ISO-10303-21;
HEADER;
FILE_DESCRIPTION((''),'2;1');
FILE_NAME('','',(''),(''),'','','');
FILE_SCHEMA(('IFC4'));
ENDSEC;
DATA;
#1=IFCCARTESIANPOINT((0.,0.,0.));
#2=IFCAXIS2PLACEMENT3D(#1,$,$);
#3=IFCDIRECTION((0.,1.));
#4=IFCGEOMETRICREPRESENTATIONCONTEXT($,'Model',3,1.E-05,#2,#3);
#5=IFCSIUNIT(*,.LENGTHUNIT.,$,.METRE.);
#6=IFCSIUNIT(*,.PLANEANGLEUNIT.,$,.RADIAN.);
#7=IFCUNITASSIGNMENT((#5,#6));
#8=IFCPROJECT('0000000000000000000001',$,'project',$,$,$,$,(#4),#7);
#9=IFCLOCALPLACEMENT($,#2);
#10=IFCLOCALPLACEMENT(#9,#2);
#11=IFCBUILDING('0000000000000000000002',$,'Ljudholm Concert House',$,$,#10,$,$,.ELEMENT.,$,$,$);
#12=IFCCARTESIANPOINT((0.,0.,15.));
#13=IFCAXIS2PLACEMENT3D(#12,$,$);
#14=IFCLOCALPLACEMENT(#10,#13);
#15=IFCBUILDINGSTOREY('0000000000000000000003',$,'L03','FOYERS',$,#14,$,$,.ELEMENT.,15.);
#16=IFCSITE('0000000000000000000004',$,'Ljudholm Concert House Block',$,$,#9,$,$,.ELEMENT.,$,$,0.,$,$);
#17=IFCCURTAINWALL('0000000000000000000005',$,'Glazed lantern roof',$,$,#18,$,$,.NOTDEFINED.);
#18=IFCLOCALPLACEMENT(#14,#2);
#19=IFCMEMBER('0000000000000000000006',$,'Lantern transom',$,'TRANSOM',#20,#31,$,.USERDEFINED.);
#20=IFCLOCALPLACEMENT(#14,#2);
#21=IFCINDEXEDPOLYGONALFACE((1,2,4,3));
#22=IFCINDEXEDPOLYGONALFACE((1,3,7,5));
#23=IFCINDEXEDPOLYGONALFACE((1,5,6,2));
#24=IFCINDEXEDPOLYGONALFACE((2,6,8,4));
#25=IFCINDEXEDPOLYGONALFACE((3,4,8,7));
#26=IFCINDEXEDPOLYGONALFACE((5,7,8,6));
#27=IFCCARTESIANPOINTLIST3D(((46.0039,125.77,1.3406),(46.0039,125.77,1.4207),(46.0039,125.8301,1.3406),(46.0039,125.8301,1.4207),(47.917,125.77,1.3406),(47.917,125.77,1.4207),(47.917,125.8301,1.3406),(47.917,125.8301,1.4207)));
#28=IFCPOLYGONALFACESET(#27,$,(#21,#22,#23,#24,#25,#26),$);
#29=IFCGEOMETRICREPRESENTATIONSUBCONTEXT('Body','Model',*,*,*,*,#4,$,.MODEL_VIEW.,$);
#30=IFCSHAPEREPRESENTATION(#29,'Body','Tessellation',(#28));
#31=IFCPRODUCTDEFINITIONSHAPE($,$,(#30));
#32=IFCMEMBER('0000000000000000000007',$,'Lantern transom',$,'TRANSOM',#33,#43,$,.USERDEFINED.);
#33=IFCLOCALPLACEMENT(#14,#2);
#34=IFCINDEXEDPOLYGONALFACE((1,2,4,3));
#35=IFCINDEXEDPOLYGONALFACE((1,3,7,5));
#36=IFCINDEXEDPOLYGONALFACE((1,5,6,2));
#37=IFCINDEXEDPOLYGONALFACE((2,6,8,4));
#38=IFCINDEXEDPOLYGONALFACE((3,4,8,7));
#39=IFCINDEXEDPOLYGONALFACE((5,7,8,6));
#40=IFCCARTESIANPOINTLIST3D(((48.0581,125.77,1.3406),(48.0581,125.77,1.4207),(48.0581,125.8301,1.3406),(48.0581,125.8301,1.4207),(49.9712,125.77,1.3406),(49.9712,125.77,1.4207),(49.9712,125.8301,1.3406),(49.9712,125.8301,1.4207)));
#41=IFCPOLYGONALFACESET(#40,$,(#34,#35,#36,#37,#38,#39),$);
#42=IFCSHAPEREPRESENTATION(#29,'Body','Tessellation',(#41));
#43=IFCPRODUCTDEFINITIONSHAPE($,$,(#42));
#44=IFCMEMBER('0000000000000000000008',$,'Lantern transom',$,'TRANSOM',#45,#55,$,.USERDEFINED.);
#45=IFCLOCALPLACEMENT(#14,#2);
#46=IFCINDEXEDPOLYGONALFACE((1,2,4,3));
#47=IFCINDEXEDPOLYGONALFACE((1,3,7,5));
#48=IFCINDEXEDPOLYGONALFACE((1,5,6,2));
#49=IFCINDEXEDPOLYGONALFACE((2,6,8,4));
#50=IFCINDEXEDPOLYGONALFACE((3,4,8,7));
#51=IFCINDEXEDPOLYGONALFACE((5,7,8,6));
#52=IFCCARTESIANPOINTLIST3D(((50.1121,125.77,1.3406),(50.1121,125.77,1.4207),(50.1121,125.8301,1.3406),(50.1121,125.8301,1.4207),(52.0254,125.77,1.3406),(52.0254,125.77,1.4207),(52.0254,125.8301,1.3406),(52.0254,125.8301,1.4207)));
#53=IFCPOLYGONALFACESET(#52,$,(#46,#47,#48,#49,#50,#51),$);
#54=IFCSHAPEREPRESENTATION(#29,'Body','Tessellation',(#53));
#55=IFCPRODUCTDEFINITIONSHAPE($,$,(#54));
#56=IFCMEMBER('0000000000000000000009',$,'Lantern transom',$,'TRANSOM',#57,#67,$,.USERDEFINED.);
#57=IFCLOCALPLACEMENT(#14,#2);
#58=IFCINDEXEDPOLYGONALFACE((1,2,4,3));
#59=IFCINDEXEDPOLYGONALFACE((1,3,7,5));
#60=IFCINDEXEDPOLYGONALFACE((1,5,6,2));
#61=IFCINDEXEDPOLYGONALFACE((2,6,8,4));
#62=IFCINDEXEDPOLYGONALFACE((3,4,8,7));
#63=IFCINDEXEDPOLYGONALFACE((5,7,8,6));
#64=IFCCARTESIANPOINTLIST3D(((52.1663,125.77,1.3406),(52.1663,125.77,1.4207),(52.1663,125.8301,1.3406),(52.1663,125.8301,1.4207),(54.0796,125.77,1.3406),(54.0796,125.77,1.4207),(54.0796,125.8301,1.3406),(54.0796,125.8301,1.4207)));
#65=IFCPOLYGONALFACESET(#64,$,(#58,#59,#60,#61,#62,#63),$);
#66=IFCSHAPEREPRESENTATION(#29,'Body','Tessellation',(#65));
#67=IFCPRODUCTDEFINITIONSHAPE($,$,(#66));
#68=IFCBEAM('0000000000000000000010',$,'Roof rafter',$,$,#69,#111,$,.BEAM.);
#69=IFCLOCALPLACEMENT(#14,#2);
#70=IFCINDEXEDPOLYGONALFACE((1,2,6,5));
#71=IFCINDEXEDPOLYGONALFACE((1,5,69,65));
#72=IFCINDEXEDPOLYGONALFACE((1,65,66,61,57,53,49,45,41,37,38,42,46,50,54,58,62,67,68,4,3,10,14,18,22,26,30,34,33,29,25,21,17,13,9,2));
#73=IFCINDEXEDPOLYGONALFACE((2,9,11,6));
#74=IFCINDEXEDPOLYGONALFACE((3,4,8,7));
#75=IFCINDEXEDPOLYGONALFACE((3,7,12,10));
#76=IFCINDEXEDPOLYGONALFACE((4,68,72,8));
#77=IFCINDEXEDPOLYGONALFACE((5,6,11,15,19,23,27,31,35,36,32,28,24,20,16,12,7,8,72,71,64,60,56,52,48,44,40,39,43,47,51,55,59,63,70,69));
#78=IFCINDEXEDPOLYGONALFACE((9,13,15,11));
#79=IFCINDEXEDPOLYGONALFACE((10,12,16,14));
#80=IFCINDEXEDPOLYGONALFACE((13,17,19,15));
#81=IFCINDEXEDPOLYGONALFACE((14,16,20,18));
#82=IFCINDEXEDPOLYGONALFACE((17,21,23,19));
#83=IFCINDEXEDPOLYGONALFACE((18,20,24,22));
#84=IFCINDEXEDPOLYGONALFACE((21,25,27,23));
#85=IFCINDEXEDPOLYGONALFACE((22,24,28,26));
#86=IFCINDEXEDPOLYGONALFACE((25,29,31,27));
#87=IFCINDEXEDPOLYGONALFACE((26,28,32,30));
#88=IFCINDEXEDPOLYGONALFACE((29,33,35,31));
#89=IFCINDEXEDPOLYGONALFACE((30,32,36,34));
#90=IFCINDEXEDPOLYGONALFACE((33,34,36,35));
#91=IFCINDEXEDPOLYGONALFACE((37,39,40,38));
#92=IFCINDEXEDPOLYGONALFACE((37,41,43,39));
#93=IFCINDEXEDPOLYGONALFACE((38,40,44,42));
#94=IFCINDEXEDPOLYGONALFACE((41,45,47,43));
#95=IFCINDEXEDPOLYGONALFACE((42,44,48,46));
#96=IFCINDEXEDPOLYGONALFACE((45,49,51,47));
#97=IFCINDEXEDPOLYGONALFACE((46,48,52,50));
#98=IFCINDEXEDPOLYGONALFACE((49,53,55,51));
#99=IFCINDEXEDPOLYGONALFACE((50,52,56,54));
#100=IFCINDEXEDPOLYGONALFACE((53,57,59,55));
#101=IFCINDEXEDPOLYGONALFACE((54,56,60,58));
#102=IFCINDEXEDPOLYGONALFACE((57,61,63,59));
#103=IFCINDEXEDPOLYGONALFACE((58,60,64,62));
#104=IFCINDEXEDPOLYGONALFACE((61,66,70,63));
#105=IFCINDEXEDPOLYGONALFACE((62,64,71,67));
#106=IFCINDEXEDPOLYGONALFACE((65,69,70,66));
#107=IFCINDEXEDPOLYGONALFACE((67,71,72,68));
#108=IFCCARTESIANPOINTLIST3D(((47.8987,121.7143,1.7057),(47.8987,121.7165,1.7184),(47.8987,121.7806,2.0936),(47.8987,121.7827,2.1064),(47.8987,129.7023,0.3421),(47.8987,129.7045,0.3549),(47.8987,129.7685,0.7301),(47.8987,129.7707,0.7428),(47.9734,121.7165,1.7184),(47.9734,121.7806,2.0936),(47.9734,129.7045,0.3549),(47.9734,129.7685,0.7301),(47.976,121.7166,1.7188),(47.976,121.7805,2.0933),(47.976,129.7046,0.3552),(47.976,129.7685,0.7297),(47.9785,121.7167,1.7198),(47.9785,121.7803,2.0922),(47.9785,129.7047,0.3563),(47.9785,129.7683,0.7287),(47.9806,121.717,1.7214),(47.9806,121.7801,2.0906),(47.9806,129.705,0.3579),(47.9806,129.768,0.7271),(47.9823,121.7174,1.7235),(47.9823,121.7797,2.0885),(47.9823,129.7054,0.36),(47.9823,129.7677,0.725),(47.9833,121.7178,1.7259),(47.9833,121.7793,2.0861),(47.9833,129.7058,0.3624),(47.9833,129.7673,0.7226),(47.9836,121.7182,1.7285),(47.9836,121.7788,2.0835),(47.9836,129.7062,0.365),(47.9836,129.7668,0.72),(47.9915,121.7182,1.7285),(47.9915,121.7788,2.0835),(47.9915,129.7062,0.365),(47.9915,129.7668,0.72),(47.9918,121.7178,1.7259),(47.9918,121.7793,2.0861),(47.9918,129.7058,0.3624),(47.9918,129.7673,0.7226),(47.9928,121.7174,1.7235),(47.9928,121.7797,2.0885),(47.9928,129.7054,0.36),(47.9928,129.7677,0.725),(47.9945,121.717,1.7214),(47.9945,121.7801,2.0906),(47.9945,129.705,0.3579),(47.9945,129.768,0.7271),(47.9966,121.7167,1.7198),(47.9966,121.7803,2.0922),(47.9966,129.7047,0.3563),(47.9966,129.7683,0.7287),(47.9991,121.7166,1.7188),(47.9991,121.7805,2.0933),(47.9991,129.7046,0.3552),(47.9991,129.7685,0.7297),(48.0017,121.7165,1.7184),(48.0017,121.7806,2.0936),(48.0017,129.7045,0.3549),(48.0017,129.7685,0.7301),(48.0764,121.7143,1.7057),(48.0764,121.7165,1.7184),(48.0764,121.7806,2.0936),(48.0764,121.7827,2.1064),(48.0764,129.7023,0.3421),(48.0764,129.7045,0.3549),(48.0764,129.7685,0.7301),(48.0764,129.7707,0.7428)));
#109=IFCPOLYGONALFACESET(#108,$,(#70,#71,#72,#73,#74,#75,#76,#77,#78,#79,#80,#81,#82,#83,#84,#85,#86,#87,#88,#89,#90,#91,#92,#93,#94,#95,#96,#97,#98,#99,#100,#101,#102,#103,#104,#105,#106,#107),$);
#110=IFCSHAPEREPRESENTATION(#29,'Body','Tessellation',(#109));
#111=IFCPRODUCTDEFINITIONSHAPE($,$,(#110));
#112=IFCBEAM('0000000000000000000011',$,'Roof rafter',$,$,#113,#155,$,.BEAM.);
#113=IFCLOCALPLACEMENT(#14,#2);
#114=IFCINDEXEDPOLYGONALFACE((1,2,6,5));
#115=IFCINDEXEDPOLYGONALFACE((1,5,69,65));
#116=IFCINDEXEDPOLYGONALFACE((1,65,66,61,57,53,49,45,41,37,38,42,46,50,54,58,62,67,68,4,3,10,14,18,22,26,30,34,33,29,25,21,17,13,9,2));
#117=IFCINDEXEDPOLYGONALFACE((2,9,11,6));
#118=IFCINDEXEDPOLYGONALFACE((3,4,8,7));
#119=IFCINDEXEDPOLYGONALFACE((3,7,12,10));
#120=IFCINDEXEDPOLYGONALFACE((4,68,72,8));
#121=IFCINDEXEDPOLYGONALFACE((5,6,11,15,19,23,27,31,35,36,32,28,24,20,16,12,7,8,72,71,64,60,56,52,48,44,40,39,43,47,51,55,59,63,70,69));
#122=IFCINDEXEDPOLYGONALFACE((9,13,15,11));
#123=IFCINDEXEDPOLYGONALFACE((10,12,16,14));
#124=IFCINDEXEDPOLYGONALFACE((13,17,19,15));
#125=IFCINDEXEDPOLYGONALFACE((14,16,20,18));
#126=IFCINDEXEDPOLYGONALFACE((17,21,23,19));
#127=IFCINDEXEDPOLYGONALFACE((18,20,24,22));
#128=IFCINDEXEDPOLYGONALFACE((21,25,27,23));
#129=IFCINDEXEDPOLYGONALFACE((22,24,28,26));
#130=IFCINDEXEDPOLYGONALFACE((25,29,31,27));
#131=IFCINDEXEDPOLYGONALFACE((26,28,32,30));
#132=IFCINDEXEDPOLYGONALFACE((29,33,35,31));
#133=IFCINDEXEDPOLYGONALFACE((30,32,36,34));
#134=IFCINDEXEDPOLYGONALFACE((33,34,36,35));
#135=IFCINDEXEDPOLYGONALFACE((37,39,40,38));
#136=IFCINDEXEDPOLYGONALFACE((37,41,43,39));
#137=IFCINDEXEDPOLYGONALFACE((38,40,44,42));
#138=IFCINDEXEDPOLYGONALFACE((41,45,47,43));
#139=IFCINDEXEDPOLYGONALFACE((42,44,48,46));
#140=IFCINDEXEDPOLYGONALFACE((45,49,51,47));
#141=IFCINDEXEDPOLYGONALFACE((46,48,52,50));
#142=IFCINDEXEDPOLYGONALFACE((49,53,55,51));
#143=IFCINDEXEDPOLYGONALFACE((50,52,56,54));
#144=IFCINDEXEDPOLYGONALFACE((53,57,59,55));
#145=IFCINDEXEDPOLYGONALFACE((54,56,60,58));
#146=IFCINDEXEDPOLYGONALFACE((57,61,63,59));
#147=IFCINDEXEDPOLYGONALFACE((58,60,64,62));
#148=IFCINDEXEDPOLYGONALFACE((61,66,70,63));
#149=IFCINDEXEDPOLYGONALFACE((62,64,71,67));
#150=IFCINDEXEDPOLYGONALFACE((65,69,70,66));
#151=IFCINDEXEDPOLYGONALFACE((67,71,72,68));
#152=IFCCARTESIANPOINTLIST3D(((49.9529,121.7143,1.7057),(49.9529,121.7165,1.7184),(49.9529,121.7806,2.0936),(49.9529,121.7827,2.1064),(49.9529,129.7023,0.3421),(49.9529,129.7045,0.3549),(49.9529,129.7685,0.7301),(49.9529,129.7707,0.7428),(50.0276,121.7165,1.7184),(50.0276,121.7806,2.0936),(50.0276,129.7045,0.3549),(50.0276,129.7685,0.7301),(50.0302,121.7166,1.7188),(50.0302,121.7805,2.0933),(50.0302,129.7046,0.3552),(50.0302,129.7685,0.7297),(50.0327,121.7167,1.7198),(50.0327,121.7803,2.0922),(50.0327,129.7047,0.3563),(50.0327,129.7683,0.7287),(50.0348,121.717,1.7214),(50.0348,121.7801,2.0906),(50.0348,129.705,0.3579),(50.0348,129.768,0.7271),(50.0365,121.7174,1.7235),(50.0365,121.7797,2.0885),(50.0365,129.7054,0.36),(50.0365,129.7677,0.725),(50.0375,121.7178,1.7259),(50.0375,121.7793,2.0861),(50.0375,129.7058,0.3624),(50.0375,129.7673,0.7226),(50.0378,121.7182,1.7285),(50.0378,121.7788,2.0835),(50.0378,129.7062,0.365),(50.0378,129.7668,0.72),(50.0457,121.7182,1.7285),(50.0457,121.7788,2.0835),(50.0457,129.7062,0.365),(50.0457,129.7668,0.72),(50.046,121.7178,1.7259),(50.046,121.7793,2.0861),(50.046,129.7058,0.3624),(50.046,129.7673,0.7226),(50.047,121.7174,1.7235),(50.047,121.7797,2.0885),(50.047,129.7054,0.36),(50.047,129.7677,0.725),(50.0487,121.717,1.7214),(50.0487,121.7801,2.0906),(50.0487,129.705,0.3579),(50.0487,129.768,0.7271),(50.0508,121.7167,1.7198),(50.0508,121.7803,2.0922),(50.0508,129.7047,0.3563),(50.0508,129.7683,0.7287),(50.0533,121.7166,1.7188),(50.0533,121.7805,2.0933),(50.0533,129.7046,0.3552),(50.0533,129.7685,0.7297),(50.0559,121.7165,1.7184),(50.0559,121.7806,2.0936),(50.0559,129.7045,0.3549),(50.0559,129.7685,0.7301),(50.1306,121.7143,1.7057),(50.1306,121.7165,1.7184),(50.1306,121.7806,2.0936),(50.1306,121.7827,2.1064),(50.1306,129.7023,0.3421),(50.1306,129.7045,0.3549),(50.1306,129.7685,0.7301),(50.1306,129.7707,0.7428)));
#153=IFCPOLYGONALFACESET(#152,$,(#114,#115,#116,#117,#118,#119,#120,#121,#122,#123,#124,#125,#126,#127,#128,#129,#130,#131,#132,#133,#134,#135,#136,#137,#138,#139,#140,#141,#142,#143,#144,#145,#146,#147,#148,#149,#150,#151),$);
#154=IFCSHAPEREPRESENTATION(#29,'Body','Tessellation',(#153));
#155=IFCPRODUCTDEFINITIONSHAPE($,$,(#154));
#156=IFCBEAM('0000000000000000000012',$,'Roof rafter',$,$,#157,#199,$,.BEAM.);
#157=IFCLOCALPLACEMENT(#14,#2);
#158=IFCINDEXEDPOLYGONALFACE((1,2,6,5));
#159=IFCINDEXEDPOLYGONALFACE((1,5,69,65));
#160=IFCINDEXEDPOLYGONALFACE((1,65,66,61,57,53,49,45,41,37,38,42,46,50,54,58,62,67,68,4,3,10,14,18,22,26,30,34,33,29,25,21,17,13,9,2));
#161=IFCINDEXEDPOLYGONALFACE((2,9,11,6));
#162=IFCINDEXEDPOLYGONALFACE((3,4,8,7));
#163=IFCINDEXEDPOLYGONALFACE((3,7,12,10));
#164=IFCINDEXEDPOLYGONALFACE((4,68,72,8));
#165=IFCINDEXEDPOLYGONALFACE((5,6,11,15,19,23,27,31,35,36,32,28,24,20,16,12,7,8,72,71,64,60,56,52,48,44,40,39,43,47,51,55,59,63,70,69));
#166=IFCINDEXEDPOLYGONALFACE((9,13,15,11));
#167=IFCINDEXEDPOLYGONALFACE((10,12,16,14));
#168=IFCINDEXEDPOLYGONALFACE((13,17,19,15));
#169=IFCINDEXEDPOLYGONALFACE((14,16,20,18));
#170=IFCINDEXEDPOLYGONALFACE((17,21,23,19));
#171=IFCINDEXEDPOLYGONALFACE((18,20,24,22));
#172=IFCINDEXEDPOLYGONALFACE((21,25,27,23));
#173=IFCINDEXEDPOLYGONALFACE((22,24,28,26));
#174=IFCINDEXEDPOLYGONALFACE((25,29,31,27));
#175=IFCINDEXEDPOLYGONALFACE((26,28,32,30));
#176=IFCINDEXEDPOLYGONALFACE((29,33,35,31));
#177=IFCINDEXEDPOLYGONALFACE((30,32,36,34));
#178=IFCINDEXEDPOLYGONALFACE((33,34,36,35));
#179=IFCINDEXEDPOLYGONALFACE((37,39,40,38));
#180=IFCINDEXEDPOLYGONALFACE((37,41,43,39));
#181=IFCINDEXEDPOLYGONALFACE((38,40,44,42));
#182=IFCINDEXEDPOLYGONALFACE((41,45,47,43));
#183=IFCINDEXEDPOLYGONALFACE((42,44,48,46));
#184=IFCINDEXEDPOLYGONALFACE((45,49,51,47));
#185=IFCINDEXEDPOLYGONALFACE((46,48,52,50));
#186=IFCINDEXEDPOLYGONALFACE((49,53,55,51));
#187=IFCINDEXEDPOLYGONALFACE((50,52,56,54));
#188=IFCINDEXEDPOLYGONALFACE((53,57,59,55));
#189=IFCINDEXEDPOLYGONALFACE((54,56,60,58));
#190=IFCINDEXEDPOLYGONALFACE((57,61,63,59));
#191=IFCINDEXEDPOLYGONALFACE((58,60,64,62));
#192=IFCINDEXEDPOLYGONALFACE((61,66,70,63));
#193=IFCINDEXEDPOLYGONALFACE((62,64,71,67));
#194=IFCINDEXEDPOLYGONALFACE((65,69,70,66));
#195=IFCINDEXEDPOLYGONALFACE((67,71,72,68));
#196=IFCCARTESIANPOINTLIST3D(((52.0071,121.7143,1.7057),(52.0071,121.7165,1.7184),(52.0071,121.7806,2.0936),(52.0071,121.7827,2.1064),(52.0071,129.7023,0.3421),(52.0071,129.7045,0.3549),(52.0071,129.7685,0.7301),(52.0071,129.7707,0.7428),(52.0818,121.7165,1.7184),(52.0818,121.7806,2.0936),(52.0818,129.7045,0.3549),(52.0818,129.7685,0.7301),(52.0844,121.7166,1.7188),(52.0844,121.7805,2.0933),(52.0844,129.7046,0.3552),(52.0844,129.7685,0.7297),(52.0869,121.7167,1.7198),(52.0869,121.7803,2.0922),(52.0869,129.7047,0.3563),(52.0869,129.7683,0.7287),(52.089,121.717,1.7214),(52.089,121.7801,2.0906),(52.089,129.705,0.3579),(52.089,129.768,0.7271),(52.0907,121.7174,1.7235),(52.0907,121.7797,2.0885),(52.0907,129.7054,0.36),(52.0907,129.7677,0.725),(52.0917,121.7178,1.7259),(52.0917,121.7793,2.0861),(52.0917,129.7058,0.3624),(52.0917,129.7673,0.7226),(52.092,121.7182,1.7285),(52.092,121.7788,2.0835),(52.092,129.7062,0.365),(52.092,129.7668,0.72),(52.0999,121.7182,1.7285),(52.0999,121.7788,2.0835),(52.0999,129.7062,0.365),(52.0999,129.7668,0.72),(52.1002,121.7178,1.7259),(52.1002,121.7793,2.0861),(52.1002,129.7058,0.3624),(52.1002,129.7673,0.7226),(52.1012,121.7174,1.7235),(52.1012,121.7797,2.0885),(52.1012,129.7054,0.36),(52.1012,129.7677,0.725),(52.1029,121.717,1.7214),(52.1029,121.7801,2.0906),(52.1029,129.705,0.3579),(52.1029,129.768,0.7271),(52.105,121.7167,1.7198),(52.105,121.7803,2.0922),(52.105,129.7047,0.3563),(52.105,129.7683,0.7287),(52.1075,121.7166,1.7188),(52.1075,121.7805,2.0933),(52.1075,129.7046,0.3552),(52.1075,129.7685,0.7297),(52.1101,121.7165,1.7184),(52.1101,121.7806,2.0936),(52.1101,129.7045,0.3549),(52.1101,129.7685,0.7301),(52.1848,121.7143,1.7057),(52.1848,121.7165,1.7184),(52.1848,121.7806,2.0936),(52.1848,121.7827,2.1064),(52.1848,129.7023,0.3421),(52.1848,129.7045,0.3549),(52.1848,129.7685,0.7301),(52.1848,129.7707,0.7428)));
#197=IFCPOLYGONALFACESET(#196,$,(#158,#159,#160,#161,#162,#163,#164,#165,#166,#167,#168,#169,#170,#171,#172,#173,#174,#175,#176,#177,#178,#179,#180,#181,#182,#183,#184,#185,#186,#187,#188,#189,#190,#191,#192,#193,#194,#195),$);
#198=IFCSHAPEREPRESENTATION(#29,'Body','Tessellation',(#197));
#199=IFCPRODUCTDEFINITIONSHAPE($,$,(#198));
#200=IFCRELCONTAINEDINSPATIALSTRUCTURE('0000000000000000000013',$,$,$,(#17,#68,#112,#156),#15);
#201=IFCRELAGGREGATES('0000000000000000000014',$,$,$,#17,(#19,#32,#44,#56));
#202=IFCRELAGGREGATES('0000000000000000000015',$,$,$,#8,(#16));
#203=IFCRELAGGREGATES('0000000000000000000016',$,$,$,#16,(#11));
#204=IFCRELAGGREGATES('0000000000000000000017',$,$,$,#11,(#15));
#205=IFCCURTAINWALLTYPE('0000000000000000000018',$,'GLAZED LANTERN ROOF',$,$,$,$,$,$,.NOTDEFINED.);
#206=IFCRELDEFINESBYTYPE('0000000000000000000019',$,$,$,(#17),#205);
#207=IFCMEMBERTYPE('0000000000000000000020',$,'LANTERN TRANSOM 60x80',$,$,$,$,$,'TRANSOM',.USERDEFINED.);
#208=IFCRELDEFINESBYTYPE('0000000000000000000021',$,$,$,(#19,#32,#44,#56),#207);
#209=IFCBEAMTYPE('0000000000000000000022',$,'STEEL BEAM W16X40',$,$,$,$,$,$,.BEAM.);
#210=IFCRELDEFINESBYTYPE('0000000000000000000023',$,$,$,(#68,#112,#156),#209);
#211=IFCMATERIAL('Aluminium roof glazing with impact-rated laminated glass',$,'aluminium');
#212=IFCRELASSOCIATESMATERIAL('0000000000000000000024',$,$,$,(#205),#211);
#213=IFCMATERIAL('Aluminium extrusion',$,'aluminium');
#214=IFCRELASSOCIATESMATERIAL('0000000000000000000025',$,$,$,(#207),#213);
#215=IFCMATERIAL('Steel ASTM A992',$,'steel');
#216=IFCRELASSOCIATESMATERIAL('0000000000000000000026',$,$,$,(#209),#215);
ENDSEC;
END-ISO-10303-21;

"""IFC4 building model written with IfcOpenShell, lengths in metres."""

from ifc_helpers import new_model, si_unit, direction, frame, origin, origin_2d, place, context, subcontext, project, spatial, rectangle, i_section, extrude, material, material_profile, profile_set, type_object, element, aggregate, save


model = new_model("IFC4")

# Units and contexts
model_context = context("Model", 3, precision=1e-05, world=origin(), true_north=direction((0.0, 1.0)))
body_context = subcontext(model_context, "Body", "Model", "MODEL_VIEW")
ifc_project = project(units=[si_unit("LENGTHUNIT", "METRE"), si_unit("PLANEANGLEUNIT", "RADIAN")], contexts=[model_context])

# Site, building, storey
site_placement = place(None, origin())
site = spatial("IfcSite", under=ifc_project, at=site_placement, Name="Ljudholm Concert House Block", CompositionType="ELEMENT", RefElevation=0.0)
building_placement = place(site_placement, origin())
building = spatial("IfcBuilding", under=site, at=building_placement, Name="Ljudholm Concert House", CompositionType="ELEMENT")
storey_placement = place(building_placement, frame((0.0, 0.0, 15.0)))
storey = spatial("IfcBuildingStorey", under=building, at=storey_placement, Name="L03", Description="FOYERS", CompositionType="ELEMENT", Elevation=15.0)

# Curtain wall, members
ifc_material_1 = material(Name="Aluminium roof glazing with impact-rated laminated glass", Category="aluminium")
curtain_wall_type = type_object("IfcCurtainWallType", Name="GLAZED LANTERN ROOF", PredefinedType="NOTDEFINED", material=ifc_material_1)
curtain_wall_placement = place(storey_placement, origin())
curtain_wall = element("IfcCurtainWall", 1, at=curtain_wall_placement, inside=storey, type_object=curtain_wall_type, Name="Glazed lantern roof", PredefinedType="NOTDEFINED")
ifc_material_2 = material(Name="Aluminium extrusion", Category="aluminium")
ifc_material_profile_1 = material_profile(ifc_material_2, rectangle(XDim=0.0601, YDim=0.0801, at=origin_2d()), Name="LANTERN TRANSOM 60x80")
ifc_profile_set_1 = profile_set([ifc_material_profile_1], Name="Aluminium extrusion")
member_type_1 = type_object("IfcMemberType", Name="LANTERN TRANSOM 60x80", ElementType="TRANSOM", PredefinedType="USERDEFINED", material=ifc_profile_set_1)
member_1_placement = place(storey_placement, frame((46.0039, 125.8, 1.3806), z_axis=(1.0, 0.0, 0.0), x_axis=(0.0, 1.0, 0.0)))
member_1 = element("IfcMember", 2, at=member_1_placement, type_object=member_type_1, Name="Lantern transom", ObjectType="TRANSOM", PredefinedType="USERDEFINED", context=body_context, shape_type="SweptSolid", body=[
    extrude(rectangle(XDim=0.0601, YDim=0.0801, at=origin_2d()), origin(), (0.0, 0.0, 1.0), 1.9131),
])
member_2_placement = place(storey_placement, frame((48.0581, 125.8, 1.3806), z_axis=(1.0, 0.0, 0.0), x_axis=(0.0, 1.0, 0.0)))
member_2 = element("IfcMember", 3, at=member_2_placement, type_object=member_type_1, Name="Lantern transom", ObjectType="TRANSOM", PredefinedType="USERDEFINED", context=body_context, shape_type="SweptSolid", body=[
    extrude(rectangle(XDim=0.0601, YDim=0.0801, at=origin_2d()), origin(), (0.0, 0.0, 1.0), 1.9131),
])
member_3_placement = place(storey_placement, frame((50.1121, 125.8, 1.3806), z_axis=(1.0, 0.0, 0.0), x_axis=(0.0, 1.0, 0.0)))
member_3 = element("IfcMember", 4, at=member_3_placement, type_object=member_type_1, Name="Lantern transom", ObjectType="TRANSOM", PredefinedType="USERDEFINED", context=body_context, shape_type="SweptSolid", body=[
    extrude(rectangle(XDim=0.0601, YDim=0.0801, at=origin_2d()), origin(), (0.0, 0.0, 1.0), 1.9133),
])
member_4_placement = place(storey_placement, frame((52.1663, 125.8, 1.3806), z_axis=(1.0, 0.0, 0.0), x_axis=(0.0, 1.0, 0.0)))
member_4 = element("IfcMember", 5, at=member_4_placement, type_object=member_type_1, Name="Lantern transom", ObjectType="TRANSOM", PredefinedType="USERDEFINED", context=body_context, shape_type="SweptSolid", body=[
    extrude(rectangle(XDim=0.0601, YDim=0.0801, at=origin_2d()), origin(), (0.0, 0.0, 1.0), 1.9133),
])

# Beams
ifc_material_3 = material(Name="Steel ASTM A992", Category="steel")
ifc_material_profile_2 = material_profile(ifc_material_3, i_section(OverallWidth=0.1777, OverallDepth=0.4065, WebThickness=0.0078, FlangeThickness=0.0129, FilletRadius=0.0103, at=origin_2d()), Name="W16X40")
ifc_profile_set_2 = profile_set([ifc_material_profile_2], Name="Steel ASTM A992")
beam_type_1 = type_object("IfcBeamType", Name="STEEL BEAM W16X40", PredefinedType="BEAM", material=ifc_profile_set_2)
for number, where, z_axis, x_axis, name in (
    (6, (47.9875, 121.7485, 1.906), (0.0, 0.985742, -0.168262), (-1.0, 0.0, 0.0), "Roof rafter"),
    (7, (50.0417, 121.7485, 1.906), (0.0, 0.985742, -0.168262), (-1.0, 0.0, 0.0), "Roof rafter"),
    (8, (52.0959, 121.7485, 1.906), (0.0, 0.985742, -0.168262), (-1.0, 0.0, 0.0), "Roof rafter"),
):
    element("IfcBeam", number, at=place(storey_placement, frame(where, z_axis=z_axis, x_axis=x_axis)), inside=storey, type_object=beam_type_1, Name=name, PredefinedType="BEAM", context=body_context, shape_type="SweptSolid", body=[
        extrude(i_section(OverallWidth=0.1777, OverallDepth=0.4065, WebThickness=0.0078, FlangeThickness=0.0129, FilletRadius=0.0103, at=origin_2d()), origin(), (0.0, 0.0, 1.0), 8.1035),
    ])

aggregate(curtain_wall, [member_1, member_2, member_3, member_4])

save(model, "model.ifc")
